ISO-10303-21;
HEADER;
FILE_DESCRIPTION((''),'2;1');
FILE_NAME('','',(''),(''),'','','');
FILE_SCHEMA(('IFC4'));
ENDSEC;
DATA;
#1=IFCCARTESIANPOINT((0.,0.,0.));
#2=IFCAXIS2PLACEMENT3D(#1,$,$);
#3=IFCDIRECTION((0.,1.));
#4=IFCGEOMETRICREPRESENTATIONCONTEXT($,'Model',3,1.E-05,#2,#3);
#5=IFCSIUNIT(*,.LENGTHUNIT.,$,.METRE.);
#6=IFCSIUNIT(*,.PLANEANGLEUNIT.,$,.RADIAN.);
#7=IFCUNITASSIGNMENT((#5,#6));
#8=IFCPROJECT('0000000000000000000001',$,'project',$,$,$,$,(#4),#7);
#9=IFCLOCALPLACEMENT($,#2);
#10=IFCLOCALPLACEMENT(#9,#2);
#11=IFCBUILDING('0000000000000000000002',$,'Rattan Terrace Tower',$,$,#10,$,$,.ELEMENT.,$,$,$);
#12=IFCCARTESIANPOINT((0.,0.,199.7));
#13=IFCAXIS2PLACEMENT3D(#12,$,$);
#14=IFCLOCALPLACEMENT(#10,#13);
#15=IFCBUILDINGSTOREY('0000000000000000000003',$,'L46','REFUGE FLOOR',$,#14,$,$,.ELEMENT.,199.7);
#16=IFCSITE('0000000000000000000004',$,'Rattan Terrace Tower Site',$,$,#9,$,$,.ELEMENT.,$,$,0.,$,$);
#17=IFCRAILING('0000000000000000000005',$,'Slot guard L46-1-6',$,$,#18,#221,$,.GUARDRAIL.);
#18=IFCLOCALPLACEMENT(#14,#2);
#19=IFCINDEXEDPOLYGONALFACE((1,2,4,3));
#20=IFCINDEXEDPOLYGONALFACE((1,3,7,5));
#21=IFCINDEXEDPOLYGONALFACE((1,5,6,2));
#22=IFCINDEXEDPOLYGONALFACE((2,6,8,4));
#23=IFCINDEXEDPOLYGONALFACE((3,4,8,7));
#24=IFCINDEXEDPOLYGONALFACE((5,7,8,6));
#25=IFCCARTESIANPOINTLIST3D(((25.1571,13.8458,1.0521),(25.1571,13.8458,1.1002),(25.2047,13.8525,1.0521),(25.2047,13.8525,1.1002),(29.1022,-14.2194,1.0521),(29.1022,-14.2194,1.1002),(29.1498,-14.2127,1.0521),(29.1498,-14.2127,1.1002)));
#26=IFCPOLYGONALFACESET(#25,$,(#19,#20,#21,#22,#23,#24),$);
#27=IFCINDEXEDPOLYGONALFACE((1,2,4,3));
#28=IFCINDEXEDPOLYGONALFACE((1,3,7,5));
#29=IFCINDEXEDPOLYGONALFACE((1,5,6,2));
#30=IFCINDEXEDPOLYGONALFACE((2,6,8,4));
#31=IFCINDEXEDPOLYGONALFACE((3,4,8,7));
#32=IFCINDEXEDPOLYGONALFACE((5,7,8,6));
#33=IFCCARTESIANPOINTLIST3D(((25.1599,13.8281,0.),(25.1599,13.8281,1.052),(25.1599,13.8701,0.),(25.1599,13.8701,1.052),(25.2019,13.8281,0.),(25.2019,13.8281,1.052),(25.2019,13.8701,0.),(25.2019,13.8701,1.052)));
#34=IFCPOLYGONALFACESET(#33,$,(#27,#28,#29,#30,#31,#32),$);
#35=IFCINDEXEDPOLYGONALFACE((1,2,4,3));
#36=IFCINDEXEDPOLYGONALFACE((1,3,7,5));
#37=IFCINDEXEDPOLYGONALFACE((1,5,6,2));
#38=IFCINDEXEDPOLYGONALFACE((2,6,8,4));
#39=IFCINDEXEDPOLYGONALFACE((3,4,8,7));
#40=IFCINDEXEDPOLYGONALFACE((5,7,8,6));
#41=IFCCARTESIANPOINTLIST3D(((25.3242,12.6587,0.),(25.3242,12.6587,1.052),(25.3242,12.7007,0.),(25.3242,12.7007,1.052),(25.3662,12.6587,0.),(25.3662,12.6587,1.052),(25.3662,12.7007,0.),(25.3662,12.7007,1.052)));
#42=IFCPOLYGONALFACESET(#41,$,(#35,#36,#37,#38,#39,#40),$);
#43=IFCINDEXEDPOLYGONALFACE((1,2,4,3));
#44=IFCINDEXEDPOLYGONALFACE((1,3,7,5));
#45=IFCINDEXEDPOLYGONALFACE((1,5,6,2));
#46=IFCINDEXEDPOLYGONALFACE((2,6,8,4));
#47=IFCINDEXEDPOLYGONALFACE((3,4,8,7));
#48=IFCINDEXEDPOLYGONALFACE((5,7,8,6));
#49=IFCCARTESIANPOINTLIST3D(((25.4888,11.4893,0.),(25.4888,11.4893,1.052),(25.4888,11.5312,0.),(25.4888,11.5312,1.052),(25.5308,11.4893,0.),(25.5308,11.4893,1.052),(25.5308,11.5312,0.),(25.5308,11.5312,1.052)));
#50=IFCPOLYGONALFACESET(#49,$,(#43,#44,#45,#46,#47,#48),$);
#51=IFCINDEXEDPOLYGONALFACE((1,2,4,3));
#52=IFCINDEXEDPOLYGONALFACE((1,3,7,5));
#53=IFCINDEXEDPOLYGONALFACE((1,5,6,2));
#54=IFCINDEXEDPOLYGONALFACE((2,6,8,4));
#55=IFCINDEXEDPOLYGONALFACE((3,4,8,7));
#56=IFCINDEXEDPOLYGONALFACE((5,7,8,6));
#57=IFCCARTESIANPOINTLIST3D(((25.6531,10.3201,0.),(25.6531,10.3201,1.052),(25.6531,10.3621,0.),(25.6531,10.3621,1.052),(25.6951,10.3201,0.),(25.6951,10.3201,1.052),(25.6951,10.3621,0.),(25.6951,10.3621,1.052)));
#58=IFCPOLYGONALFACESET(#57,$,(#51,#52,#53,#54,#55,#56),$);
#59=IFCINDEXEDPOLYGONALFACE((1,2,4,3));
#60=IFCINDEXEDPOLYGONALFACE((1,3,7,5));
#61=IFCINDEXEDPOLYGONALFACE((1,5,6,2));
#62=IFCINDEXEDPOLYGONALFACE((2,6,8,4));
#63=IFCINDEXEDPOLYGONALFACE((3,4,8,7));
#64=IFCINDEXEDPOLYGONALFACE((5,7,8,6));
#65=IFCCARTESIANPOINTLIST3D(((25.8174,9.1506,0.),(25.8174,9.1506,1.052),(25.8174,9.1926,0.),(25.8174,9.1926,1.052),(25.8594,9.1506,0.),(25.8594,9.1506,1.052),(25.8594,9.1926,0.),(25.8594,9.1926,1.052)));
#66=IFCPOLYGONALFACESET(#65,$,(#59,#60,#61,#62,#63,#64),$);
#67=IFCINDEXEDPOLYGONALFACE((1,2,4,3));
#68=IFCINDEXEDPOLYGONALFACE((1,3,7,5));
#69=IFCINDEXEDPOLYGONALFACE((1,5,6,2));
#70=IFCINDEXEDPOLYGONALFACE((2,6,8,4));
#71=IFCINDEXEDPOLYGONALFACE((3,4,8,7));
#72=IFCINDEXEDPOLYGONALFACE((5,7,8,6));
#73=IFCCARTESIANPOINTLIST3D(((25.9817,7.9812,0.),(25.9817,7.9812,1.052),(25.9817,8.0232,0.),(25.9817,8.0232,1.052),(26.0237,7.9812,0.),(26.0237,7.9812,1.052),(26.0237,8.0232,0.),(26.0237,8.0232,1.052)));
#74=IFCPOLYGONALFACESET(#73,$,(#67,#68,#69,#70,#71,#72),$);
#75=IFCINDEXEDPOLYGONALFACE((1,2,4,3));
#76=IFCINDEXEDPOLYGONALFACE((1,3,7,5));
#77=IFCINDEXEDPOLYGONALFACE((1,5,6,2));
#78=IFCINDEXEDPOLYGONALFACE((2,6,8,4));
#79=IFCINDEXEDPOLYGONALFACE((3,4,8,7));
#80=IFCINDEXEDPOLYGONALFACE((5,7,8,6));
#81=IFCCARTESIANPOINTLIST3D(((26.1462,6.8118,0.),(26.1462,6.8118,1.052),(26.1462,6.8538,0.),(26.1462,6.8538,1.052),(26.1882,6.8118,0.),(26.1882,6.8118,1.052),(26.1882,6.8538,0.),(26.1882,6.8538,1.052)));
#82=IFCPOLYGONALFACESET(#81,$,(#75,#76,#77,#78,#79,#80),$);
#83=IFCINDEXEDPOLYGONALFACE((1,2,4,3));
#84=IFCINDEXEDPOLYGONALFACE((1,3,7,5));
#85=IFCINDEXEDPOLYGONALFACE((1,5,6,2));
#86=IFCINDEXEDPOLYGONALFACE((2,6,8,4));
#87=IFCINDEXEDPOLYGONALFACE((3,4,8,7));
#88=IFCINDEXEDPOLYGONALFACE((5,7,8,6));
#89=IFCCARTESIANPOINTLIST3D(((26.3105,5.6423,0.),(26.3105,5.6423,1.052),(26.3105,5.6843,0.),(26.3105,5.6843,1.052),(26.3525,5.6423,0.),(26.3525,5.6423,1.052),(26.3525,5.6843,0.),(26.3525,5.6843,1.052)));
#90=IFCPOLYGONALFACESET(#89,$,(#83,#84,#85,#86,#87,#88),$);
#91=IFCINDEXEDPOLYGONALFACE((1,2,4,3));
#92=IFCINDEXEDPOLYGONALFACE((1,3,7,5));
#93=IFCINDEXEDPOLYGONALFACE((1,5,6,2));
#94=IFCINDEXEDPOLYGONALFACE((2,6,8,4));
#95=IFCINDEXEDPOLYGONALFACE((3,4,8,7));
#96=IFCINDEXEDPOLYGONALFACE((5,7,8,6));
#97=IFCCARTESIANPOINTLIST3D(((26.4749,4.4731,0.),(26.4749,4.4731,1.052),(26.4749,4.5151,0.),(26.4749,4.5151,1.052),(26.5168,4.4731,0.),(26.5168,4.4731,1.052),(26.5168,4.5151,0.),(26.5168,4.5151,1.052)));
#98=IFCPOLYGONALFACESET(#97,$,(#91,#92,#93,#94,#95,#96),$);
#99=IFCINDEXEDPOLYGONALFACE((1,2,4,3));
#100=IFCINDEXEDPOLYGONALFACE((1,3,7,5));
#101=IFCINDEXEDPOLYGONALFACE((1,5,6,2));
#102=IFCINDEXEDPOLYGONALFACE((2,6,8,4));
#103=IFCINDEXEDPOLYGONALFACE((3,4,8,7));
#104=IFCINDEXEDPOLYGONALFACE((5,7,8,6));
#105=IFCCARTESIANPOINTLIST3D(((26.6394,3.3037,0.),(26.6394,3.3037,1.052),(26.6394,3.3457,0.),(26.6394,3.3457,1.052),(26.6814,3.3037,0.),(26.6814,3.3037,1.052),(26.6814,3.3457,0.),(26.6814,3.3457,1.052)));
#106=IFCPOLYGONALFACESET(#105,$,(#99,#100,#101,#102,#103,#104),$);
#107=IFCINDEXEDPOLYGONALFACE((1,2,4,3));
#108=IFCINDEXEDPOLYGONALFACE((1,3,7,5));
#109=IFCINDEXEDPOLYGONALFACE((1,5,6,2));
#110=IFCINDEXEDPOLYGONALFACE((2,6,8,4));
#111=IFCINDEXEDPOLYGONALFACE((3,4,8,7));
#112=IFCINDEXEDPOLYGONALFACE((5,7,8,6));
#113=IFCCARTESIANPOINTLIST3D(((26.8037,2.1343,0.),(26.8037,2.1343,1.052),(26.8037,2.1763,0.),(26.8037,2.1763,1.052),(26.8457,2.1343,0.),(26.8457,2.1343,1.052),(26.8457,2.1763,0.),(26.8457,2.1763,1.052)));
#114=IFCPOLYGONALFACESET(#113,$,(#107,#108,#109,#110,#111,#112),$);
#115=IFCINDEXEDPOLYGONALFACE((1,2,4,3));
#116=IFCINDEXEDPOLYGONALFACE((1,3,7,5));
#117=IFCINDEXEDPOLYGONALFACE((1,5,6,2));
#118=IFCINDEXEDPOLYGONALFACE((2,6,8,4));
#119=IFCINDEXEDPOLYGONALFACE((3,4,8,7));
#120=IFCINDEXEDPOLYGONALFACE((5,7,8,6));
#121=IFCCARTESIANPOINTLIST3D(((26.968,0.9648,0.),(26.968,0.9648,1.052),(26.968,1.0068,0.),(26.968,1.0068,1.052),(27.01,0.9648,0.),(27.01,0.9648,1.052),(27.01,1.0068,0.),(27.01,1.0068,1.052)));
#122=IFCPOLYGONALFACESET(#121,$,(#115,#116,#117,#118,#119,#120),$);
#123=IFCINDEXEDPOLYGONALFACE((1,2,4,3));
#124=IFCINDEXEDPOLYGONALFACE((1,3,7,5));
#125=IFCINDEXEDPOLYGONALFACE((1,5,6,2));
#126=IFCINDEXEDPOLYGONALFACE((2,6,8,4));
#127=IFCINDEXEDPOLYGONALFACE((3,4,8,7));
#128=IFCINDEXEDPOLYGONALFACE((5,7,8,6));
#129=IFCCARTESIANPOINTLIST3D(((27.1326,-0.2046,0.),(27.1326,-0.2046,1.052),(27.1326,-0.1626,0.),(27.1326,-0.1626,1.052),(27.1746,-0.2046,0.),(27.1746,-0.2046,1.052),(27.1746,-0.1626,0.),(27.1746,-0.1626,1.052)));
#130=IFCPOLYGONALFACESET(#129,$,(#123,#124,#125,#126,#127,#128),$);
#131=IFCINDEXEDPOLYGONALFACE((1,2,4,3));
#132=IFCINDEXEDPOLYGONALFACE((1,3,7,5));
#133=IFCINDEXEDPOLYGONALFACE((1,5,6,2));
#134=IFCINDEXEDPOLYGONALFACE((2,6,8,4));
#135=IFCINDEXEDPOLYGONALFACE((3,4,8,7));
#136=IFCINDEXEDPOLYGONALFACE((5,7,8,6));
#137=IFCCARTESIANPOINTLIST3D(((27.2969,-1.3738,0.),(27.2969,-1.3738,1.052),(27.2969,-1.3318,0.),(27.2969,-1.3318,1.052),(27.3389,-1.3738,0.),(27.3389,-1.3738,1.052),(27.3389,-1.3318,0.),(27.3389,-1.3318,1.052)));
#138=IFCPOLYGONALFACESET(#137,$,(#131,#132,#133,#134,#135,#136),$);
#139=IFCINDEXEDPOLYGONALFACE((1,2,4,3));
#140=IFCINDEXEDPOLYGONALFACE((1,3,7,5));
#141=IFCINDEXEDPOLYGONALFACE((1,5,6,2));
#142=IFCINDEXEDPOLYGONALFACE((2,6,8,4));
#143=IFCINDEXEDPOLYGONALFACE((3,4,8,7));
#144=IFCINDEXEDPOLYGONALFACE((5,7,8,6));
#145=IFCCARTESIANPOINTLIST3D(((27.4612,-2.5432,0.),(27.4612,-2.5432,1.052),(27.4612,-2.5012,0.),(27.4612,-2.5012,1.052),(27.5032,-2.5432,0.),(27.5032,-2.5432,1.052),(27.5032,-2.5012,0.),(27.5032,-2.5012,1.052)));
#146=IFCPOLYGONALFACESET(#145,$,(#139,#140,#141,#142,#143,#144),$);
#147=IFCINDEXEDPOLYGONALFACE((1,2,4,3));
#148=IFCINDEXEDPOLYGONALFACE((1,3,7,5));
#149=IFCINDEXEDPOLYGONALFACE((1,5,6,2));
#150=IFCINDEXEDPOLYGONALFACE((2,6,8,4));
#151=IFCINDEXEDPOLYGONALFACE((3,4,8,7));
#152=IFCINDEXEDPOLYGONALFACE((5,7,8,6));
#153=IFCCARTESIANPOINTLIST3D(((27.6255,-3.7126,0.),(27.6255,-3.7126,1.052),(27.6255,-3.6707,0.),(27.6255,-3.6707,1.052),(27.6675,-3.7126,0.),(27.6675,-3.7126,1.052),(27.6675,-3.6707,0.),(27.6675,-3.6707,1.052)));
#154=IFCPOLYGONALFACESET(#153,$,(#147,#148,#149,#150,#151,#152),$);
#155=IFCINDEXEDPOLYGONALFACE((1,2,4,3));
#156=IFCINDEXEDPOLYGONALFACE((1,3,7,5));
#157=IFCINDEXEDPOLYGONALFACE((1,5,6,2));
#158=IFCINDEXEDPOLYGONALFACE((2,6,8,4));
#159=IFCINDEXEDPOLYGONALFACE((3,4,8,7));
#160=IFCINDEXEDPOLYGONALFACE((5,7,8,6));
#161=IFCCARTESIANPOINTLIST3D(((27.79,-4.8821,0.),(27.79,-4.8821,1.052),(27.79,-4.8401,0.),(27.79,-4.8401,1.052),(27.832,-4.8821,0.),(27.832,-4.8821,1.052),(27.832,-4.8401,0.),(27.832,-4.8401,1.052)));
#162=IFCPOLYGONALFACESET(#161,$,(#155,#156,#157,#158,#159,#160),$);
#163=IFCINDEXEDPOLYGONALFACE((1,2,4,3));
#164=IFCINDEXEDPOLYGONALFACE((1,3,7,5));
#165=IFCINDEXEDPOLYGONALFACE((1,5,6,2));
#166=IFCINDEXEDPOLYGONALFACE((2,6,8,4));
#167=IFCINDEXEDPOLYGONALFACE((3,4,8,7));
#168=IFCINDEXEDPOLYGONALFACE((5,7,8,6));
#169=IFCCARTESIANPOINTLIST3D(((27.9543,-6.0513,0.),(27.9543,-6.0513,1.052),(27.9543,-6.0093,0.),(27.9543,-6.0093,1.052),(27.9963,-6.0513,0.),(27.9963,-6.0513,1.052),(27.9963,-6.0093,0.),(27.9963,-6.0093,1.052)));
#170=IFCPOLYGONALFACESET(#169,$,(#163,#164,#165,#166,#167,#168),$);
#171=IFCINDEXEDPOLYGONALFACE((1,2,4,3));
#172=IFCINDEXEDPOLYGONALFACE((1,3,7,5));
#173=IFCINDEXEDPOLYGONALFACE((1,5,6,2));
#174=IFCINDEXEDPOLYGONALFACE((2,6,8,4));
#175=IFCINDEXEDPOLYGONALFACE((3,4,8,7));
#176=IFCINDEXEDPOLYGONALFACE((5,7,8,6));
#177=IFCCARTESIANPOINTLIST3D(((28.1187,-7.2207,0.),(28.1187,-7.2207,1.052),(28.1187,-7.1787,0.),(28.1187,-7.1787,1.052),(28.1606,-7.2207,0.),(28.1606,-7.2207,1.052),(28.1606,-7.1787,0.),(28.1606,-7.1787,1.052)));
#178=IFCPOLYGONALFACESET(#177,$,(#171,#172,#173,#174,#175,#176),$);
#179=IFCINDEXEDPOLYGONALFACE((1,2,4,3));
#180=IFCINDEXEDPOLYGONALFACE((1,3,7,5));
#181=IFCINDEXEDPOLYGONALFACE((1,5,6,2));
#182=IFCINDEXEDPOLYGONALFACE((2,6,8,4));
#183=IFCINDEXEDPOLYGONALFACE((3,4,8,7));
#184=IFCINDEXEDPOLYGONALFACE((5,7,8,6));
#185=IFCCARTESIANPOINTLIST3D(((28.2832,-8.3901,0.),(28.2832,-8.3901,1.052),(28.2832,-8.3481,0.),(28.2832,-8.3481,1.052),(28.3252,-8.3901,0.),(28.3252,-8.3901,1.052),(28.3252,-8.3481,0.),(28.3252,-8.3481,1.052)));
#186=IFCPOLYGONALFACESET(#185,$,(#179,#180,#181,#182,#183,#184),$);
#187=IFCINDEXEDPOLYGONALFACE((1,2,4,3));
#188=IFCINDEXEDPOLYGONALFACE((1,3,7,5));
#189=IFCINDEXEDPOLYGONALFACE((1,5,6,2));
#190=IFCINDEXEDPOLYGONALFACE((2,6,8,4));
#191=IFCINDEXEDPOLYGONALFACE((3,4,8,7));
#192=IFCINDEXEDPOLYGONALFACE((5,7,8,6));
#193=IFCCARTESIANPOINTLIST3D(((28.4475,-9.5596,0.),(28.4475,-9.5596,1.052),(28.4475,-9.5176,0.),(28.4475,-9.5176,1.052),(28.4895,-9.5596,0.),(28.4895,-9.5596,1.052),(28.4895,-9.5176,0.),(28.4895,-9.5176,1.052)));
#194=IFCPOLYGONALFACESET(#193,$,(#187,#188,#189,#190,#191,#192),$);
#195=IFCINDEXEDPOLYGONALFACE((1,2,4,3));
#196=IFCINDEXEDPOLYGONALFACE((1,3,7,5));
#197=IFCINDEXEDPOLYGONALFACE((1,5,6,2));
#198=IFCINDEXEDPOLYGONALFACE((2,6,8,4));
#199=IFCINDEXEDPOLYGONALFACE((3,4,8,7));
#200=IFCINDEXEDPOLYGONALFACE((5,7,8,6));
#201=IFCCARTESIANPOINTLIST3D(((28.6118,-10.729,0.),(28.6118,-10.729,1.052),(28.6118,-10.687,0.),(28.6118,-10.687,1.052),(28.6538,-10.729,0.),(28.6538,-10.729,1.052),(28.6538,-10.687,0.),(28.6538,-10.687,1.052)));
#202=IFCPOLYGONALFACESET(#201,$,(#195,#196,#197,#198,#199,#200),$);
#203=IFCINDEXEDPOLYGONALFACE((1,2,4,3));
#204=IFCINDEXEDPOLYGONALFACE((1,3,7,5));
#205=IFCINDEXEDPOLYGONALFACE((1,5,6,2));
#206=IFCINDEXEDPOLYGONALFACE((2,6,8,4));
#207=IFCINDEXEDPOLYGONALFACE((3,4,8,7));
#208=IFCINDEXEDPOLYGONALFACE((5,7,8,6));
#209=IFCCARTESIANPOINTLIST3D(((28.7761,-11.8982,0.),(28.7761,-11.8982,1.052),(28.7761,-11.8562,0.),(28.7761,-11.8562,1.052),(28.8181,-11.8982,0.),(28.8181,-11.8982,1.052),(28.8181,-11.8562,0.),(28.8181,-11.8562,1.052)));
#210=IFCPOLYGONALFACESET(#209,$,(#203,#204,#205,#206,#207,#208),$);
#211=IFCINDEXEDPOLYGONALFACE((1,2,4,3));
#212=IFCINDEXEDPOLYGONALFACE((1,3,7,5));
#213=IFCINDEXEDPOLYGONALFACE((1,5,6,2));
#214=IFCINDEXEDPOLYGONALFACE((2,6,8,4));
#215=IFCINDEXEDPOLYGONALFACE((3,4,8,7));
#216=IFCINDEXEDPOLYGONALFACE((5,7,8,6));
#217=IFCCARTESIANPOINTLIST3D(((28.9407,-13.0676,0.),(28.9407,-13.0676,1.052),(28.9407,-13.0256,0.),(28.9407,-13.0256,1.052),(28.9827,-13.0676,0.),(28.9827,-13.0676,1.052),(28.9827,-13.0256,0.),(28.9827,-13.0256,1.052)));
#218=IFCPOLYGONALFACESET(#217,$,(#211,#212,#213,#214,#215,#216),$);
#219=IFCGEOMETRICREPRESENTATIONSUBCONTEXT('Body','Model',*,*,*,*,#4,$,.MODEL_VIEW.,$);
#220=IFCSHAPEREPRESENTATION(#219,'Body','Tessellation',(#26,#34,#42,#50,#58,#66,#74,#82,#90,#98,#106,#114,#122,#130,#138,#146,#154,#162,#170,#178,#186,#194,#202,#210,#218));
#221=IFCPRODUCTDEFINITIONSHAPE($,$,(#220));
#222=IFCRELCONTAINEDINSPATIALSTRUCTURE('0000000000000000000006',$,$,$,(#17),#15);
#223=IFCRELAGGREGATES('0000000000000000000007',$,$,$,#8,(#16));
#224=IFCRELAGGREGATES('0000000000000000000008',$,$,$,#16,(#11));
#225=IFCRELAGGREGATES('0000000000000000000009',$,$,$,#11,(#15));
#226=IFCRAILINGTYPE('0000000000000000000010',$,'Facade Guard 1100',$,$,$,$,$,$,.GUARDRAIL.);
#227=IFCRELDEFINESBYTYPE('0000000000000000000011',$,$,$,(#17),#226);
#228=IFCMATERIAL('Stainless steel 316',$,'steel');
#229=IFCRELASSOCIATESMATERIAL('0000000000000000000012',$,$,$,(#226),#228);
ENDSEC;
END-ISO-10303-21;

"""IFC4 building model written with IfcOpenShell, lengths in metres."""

from ifc_helpers import new_model, si_unit, direction, frame, origin, origin_2d, place, context, subcontext, project, spatial, rectangle, extrude, material, type_object, element, save


model = new_model("IFC4")

# Units and contexts
model_context = context("Model", 3, precision=1e-05, world=origin(), true_north=direction((0.0, 1.0)))
body_context = subcontext(model_context, "Body", "Model", "MODEL_VIEW")
ifc_project = project(units=[si_unit("LENGTHUNIT", "METRE"), si_unit("PLANEANGLEUNIT", "RADIAN")], contexts=[model_context])

# Site, building, storey
site_placement = place(None, origin())
site = spatial("IfcSite", under=ifc_project, at=site_placement, Name="Rattan Terrace Tower Site", CompositionType="ELEMENT", RefElevation=0.0)
building_placement = place(site_placement, origin())
building = spatial("IfcBuilding", under=site, at=building_placement, Name="Rattan Terrace Tower", CompositionType="ELEMENT")
storey_placement = place(building_placement, frame((0.0, 0.0, 199.7)))
storey = spatial("IfcBuildingStorey", under=building, at=storey_placement, Name="L46", Description="REFUGE FLOOR", CompositionType="ELEMENT", Elevation=199.7)

# Railing
ifc_material_1 = material(Name="Stainless steel 316", Category="steel")
railing_type_1 = type_object("IfcRailingType", Name="Facade Guard 1100", PredefinedType="GUARDRAIL", material=ifc_material_1)
railing_1_placement = place(storey_placement, frame((25.1809, 13.8491, 0.0)))
element("IfcRailing", 1, at=railing_1_placement, inside=storey, type_object=railing_type_1, Name="Slot guard L46-1-6", PredefinedType="GUARDRAIL", context=body_context, shape_type="SweptSolid", body=[
    extrude(rectangle(XDim=0.0481, YDim=0.0481, at=origin_2d()), frame((0.0, 0.0, 1.0762), z_axis=(0.1392, -0.990264, 0.0), x_axis=(0.990264, 0.1392, 0.0)), (0.0, 0.0, 1.0), 28.3411),
    extrude(rectangle(XDim=0.042, YDim=0.042, at=origin_2d()), origin(), (0.0, 0.0, 1.0), 1.052),
    extrude(rectangle(XDim=0.042, YDim=0.042, at=origin_2d()), frame((0.1643, -1.1694, 0.0)), (0.0, 0.0, 1.0), 1.052),
    extrude(rectangle(XDim=0.042, YDim=0.042, at=origin_2d()), frame((0.3289, -2.3389, 0.0)), (0.0, 0.0, 1.0), 1.052),
    extrude(rectangle(XDim=0.042, YDim=0.042, at=origin_2d()), frame((0.4932, -3.5081, 0.0)), (0.0, 0.0, 1.0), 1.052),
    extrude(rectangle(XDim=0.042, YDim=0.042, at=origin_2d()), frame((0.6575, -4.6775, 0.0)), (0.0, 0.0, 1.0), 1.052),
    extrude(rectangle(XDim=0.042, YDim=0.042, at=origin_2d()), frame((0.8218, -5.8469, 0.0)), (0.0, 0.0, 1.0), 1.052),
    extrude(rectangle(XDim=0.042, YDim=0.042, at=origin_2d()), frame((0.9863, -7.0164, 0.0)), (0.0, 0.0, 1.0), 1.052),
    extrude(rectangle(XDim=0.042, YDim=0.042, at=origin_2d()), frame((1.1506, -8.1858, 0.0)), (0.0, 0.0, 1.0), 1.052),
    extrude(rectangle(XDim=0.042, YDim=0.042, at=origin_2d()), frame((1.3149, -9.355, 0.0)), (0.0, 0.0, 1.0), 1.052),
    extrude(rectangle(XDim=0.042, YDim=0.042, at=origin_2d()), frame((1.4795, -10.5244, 0.0)), (0.0, 0.0, 1.0), 1.052),
    extrude(rectangle(XDim=0.042, YDim=0.042, at=origin_2d()), frame((1.6438, -11.6938, 0.0)), (0.0, 0.0, 1.0), 1.052),
    extrude(rectangle(XDim=0.042, YDim=0.042, at=origin_2d()), frame((1.8081, -12.8633, 0.0)), (0.0, 0.0, 1.0), 1.052),
    extrude(rectangle(XDim=0.042, YDim=0.042, at=origin_2d()), frame((1.9727, -14.0327, 0.0)), (0.0, 0.0, 1.0), 1.052),
    extrude(rectangle(XDim=0.042, YDim=0.042, at=origin_2d()), frame((2.137, -15.2019, 0.0)), (0.0, 0.0, 1.0), 1.052),
    extrude(rectangle(XDim=0.042, YDim=0.042, at=origin_2d()), frame((2.3013, -16.3713, 0.0)), (0.0, 0.0, 1.0), 1.052),
    extrude(rectangle(XDim=0.042, YDim=0.042, at=origin_2d()), frame((2.4656, -17.5408, 0.0)), (0.0, 0.0, 1.0), 1.052),
    extrude(rectangle(XDim=0.042, YDim=0.042, at=origin_2d()), frame((2.6301, -18.7102, 0.0)), (0.0, 0.0, 1.0), 1.052),
    extrude(rectangle(XDim=0.042, YDim=0.042, at=origin_2d()), frame((2.7944, -19.8794, 0.0)), (0.0, 0.0, 1.0), 1.052),
    extrude(rectangle(XDim=0.042, YDim=0.042, at=origin_2d()), frame((2.9587, -21.0488, 0.0)), (0.0, 0.0, 1.0), 1.052),
    extrude(rectangle(XDim=0.042, YDim=0.042, at=origin_2d()), frame((3.1233, -22.2183, 0.0)), (0.0, 0.0, 1.0), 1.052),
    extrude(rectangle(XDim=0.042, YDim=0.042, at=origin_2d()), frame((3.2876, -23.3877, 0.0)), (0.0, 0.0, 1.0), 1.052),
    extrude(rectangle(XDim=0.042, YDim=0.042, at=origin_2d()), frame((3.4519, -24.5571, 0.0)), (0.0, 0.0, 1.0), 1.052),
    extrude(rectangle(XDim=0.042, YDim=0.042, at=origin_2d()), frame((3.6162, -25.7263, 0.0)), (0.0, 0.0, 1.0), 1.052),
    extrude(rectangle(XDim=0.042, YDim=0.042, at=origin_2d()), frame((3.7808, -26.8958, 0.0)), (0.0, 0.0, 1.0), 1.052),
])

save(model, "model.ifc")
